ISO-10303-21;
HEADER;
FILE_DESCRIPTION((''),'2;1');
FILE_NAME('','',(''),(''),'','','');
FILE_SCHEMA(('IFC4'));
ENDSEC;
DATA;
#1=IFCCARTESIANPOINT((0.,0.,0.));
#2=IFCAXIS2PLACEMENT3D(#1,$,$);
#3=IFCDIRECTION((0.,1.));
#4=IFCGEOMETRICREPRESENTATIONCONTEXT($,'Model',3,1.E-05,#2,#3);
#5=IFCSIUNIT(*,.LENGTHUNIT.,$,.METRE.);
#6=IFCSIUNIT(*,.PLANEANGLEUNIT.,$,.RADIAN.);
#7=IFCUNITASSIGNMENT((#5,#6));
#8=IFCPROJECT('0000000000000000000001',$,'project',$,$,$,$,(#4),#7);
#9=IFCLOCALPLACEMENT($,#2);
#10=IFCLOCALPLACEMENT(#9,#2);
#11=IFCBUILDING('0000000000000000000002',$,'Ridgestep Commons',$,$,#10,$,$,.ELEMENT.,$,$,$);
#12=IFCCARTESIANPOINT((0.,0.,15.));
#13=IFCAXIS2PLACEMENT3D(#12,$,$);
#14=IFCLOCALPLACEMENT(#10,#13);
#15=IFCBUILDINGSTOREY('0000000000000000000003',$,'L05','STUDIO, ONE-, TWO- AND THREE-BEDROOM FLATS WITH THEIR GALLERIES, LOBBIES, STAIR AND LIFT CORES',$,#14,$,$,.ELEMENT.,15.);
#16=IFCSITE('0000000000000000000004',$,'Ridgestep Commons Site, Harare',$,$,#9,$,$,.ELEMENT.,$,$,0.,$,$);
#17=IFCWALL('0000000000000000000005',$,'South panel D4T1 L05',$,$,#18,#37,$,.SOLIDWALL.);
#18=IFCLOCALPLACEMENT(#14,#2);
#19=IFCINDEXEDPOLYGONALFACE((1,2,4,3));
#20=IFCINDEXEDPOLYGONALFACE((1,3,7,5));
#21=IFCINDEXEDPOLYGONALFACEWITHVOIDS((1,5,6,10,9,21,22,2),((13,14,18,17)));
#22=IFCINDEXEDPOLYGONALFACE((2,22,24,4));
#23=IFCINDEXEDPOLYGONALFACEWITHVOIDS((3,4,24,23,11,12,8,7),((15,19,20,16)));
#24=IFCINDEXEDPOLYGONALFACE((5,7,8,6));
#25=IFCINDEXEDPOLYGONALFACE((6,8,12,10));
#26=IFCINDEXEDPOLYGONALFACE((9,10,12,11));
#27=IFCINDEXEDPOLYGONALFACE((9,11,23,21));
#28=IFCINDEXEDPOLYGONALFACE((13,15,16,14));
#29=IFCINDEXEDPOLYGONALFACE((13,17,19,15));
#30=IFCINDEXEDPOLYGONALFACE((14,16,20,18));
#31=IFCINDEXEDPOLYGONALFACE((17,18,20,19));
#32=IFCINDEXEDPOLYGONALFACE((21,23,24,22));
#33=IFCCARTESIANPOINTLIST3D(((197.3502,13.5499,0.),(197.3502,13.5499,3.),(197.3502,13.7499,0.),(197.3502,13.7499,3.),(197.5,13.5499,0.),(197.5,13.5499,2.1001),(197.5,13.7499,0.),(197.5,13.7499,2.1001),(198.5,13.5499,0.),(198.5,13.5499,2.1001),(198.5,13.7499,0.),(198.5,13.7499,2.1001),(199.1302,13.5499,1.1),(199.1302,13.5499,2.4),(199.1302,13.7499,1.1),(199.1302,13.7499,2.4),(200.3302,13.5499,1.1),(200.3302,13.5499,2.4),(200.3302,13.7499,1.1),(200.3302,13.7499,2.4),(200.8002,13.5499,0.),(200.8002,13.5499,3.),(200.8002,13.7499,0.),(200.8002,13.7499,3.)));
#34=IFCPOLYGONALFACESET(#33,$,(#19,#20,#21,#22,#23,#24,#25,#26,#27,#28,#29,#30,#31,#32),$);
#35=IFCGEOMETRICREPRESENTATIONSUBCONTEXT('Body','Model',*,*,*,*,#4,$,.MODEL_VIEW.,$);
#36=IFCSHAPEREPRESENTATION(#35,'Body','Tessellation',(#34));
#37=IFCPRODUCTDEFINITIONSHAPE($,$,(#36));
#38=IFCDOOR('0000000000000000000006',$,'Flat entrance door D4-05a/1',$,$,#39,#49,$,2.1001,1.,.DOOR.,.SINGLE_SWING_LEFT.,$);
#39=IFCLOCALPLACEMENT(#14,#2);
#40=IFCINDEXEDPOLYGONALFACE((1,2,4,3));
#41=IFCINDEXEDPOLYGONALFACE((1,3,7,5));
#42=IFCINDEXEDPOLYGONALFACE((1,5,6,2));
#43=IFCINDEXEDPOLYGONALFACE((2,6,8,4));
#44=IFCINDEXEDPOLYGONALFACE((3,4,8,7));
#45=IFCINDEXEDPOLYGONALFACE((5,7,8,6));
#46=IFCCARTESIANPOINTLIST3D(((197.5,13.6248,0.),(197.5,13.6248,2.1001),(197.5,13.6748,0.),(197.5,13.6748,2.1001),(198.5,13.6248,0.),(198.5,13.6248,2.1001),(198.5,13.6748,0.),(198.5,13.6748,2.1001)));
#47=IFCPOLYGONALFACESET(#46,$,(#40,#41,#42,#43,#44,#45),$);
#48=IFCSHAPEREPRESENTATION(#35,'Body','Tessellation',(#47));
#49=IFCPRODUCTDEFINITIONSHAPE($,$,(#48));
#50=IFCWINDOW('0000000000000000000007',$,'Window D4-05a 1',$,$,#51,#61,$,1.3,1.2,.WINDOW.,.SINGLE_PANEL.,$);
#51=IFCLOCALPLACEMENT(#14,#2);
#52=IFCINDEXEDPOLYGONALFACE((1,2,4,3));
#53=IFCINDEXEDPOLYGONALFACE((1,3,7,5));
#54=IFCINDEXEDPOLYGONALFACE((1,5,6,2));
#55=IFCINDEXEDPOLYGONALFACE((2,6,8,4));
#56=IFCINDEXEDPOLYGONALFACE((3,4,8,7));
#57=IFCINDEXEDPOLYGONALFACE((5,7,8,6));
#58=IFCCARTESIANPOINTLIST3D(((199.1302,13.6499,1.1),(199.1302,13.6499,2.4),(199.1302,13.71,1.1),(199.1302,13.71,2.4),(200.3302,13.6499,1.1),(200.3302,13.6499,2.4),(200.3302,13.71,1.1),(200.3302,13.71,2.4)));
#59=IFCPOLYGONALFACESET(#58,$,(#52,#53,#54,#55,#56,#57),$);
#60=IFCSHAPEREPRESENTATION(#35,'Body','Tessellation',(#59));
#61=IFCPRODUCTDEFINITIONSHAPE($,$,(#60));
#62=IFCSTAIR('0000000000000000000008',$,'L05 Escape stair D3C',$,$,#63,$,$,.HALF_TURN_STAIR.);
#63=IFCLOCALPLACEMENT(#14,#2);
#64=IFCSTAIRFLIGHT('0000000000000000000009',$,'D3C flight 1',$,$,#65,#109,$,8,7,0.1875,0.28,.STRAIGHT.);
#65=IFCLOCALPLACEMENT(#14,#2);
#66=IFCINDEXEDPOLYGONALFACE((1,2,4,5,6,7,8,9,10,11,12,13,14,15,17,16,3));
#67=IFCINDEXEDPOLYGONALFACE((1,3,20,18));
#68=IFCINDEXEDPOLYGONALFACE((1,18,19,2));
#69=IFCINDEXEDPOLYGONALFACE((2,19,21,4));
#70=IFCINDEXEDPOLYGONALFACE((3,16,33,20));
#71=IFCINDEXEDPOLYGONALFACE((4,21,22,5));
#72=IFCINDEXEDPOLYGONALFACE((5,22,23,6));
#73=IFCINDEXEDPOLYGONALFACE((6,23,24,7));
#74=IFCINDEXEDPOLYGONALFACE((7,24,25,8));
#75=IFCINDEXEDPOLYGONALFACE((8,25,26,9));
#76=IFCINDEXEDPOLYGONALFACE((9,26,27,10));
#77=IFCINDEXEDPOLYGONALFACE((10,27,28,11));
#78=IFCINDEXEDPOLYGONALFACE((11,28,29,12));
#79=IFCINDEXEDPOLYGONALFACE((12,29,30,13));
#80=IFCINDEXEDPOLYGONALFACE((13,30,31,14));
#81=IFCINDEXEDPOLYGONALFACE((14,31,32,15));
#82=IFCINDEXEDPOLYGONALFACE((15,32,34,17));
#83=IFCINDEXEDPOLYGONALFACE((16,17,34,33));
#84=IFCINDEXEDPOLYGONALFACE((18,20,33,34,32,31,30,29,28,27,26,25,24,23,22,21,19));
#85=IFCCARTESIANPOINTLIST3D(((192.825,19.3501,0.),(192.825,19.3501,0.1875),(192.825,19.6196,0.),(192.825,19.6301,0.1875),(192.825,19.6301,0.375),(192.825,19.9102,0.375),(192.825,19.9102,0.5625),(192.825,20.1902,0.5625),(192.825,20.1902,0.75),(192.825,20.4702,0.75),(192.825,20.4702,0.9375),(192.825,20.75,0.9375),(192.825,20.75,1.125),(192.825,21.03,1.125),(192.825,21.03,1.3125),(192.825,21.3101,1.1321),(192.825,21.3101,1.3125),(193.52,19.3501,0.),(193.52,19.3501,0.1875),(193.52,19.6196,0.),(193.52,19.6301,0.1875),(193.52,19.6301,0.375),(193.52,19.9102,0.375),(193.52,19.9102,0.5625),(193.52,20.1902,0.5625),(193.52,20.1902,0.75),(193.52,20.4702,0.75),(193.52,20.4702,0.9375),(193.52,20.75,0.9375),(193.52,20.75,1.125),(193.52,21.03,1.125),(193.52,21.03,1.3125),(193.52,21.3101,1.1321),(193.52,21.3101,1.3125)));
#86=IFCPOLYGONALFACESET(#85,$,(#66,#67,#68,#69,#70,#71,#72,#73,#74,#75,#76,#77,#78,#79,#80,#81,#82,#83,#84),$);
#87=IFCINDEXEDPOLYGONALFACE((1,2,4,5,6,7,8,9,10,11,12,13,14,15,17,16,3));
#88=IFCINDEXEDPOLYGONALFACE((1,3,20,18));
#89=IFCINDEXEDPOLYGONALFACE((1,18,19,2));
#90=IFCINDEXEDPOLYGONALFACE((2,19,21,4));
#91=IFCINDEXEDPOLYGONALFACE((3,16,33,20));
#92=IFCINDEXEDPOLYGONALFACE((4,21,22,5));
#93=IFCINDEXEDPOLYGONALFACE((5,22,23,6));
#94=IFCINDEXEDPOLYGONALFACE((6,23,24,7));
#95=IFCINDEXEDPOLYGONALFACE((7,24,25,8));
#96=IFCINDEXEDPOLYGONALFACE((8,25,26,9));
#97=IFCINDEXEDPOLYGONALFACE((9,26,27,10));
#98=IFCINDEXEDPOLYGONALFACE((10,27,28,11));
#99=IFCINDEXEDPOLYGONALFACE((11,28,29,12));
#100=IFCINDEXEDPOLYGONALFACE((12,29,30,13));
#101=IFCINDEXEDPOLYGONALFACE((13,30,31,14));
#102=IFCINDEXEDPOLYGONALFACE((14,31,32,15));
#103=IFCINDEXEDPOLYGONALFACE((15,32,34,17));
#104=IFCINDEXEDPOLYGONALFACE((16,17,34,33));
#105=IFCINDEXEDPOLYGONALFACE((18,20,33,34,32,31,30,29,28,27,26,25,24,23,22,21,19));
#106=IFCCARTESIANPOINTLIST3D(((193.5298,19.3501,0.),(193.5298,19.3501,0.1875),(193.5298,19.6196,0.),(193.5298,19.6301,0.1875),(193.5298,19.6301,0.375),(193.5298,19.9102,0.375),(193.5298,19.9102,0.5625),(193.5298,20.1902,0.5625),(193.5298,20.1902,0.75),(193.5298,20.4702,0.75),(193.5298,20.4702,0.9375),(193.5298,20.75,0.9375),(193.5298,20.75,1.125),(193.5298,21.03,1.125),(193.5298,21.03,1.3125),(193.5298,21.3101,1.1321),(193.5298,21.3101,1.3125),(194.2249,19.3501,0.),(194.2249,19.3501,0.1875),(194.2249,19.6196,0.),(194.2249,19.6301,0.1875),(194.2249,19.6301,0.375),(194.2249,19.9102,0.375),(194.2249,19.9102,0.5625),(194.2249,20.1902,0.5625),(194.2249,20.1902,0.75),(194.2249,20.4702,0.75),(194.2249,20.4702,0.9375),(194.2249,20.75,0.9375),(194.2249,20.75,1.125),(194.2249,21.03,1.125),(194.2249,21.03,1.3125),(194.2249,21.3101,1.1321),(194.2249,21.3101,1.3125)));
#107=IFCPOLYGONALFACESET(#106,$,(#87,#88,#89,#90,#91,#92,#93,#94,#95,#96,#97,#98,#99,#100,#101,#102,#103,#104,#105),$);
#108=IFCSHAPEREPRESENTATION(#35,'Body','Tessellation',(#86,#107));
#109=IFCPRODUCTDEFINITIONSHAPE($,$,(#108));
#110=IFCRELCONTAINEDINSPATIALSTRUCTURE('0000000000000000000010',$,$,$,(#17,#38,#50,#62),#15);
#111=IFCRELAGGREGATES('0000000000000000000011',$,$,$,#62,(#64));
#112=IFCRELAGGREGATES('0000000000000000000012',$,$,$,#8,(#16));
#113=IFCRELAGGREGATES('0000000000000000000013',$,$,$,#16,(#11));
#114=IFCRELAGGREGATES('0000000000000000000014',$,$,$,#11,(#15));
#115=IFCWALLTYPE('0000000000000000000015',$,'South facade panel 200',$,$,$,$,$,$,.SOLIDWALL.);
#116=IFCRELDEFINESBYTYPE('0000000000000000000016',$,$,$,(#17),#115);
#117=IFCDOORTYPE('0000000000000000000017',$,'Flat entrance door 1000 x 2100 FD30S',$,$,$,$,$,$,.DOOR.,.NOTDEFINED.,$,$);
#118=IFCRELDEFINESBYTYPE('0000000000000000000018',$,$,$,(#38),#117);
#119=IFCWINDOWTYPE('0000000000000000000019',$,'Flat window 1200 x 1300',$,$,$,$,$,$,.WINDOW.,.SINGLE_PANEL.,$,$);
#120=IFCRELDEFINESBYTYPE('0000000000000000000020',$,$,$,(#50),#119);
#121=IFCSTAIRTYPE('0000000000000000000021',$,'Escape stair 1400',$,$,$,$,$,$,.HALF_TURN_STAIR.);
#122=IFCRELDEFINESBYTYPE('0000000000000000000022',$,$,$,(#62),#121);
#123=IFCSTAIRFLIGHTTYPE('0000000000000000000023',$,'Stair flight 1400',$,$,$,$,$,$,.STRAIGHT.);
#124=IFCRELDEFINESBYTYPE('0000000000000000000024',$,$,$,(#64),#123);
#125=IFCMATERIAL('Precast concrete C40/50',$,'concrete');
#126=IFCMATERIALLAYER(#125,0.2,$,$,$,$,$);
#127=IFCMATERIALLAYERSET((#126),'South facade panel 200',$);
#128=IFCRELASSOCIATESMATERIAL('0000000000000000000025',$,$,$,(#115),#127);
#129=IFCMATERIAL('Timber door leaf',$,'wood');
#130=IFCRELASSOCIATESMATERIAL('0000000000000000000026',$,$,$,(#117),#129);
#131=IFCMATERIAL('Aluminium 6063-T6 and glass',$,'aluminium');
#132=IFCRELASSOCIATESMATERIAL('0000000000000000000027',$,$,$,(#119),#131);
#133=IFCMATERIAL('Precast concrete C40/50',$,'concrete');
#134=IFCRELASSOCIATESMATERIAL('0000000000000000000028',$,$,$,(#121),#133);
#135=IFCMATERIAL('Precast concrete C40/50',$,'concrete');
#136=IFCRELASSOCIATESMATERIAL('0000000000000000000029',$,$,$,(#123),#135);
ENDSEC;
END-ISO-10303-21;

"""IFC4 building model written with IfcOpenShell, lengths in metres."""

from ifc_helpers import new_model, si_unit, direction, frame, frame_2d, origin, place, context, subcontext, project, spatial, polyline, rectangle, outline, extrude, material, layer, layer_set, type_object, element, fill, aggregate, save


model = new_model("IFC4")

# Units and contexts
model_context = context("Model", 3, precision=1e-05, world=origin(), true_north=direction((0.0, 1.0)))
body_context = subcontext(model_context, "Body", "Model", "MODEL_VIEW")
ifc_project = project(units=[si_unit("LENGTHUNIT", "METRE"), si_unit("PLANEANGLEUNIT", "RADIAN")], contexts=[model_context])

# Site, building, storey
site_placement = place(None, origin())
site = spatial("IfcSite", under=ifc_project, at=site_placement, Name="Ridgestep Commons Site, Harare", CompositionType="ELEMENT", RefElevation=0.0)
building_placement = place(site_placement, origin())
building = spatial("IfcBuilding", under=site, at=building_placement, Name="Ridgestep Commons", CompositionType="ELEMENT")
storey_placement = place(building_placement, frame((0.0, 0.0, 15.0)))
storey = spatial("IfcBuildingStorey", under=building, at=storey_placement, Name="L05", Description="STUDIO, ONE-, TWO- AND THREE-BEDROOM FLATS WITH THEIR GALLERIES, LOBBIES, STAIR AND LIFT CORES", CompositionType="ELEMENT", Elevation=15.0)

# Wall, openings, door, window
ifc_material_1 = material(Name="Precast concrete C40/50", Category="concrete")
ifc_layer_1 = layer(ifc_material_1, 0.2)
ifc_layer_set_1 = layer_set([ifc_layer_1], Name="South facade panel 200")
wall_type_1 = type_object("IfcWallType", Name="South facade panel 200", PredefinedType="SOLIDWALL", material=ifc_layer_set_1)
wall_1_placement = place(storey_placement, frame((197.3501, 13.6499, 0.0), z_axis=(0.0, 0.0, 1.0), x_axis=(1.0, 0.0, 0.0)))
wall_1 = element("IfcWall", 1, at=wall_1_placement, inside=storey, type_object=wall_type_1, Name="South panel D4T1 L05", PredefinedType="SOLIDWALL", context=body_context, shape_type="SweptSolid", body=[
    extrude(rectangle(XDim=3.45, YDim=0.2, at=frame_2d((1.7251, 0.0))), origin(), (0.0, 0.0, 1.0), 3.0),
])
opening_1_placement = place(wall_1_placement, frame((1.78, 0.0, 1.1001)))
opening_1 = element("IfcOpeningElement", 2, at=opening_1_placement, cuts=wall_1, PredefinedType="OPENING", context=body_context, shape_type="SweptSolid", body=[
    extrude(rectangle(XDim=1.2, YDim=1.3, at=frame_2d((0.6001, 0.6499))), frame((0.0, 0.1099, 0.0), z_axis=(0.0, -1.0, 0.0), x_axis=(1.0, 0.0, 0.0)), (0.0, 0.0, 1.0), 0.22),
])
opening_2_placement = place(wall_1_placement, frame((0.1499, 0.0, 0.0)))
opening_2 = element("IfcOpeningElement", 3, at=opening_2_placement, cuts=wall_1, PredefinedType="OPENING", context=body_context, shape_type="SweptSolid", body=[
    extrude(rectangle(XDim=1.0, YDim=2.1001, at=frame_2d((0.5, 1.05))), frame((0.0, 0.1099, 0.0), z_axis=(0.0, -1.0, 0.0), x_axis=(1.0, 0.0, 0.0)), (0.0, 0.0, 1.0), 0.22),
])
ifc_material_2 = material(Name="Timber door leaf", Category="wood")
door_type_1 = type_object("IfcDoorType", Name="Flat entrance door 1000 x 2100 FD30S", OperationType="NOTDEFINED", PredefinedType="DOOR", material=ifc_material_2)
door_1_placement = place(opening_2_placement, origin())
door_1 = element("IfcDoor", 4, at=door_1_placement, inside=storey, type_object=door_type_1, Name="Flat entrance door D4-05a/1", OperationType="SINGLE_SWING_LEFT", OverallHeight=2.1001, OverallWidth=1.0, PredefinedType="DOOR", context=body_context, shape_type="SweptSolid", body=[
    extrude(rectangle(XDim=1.0, YDim=2.1001, at=frame_2d((0.5, 1.05))), frame((0.0, 0.0249, 0.0), z_axis=(0.0, -1.0, 0.0), x_axis=(1.0, 0.0, 0.0)), (0.0, 0.0, 1.0), 0.05),
])
fill(opening_2, door_1)
ifc_material_3 = material(Name="Aluminium 6063-T6 and glass", Category="aluminium")
window_type = type_object("IfcWindowType", Name="Flat window 1200 x 1300", PartitioningType="SINGLE_PANEL", PredefinedType="WINDOW", material=ifc_material_3)
window_placement = place(opening_1_placement, origin())
window = element("IfcWindow", 5, at=window_placement, inside=storey, type_object=window_type, Name="Window D4-05a 1", OverallHeight=1.3, OverallWidth=1.2, PartitioningType="SINGLE_PANEL", PredefinedType="WINDOW", context=body_context, shape_type="SweptSolid", body=[
    extrude(rectangle(XDim=1.2, YDim=1.3, at=frame_2d((0.6001, 0.6499))), frame((0.0, 0.0601, 0.0), z_axis=(0.0, -1.0, 0.0), x_axis=(1.0, 0.0, 0.0)), (0.0, 0.0, 1.0), 0.0601),
])
fill(opening_1, window)

# Stair, stair flight
ifc_material_4 = material(Name="Precast concrete C40/50", Category="concrete")
stair_type = type_object("IfcStairType", Name="Escape stair 1400", PredefinedType="HALF_TURN_STAIR", material=ifc_material_4)
stair_placement = place(storey_placement, origin())
stair = element("IfcStair", 6, at=stair_placement, inside=storey, type_object=stair_type, Name="L05 Escape stair D3C", PredefinedType="HALF_TURN_STAIR")
ifc_material_5 = material(Name="Precast concrete C40/50", Category="concrete")
stair_flight_type = type_object("IfcStairFlightType", Name="Stair flight 1400", PredefinedType="STRAIGHT", material=ifc_material_5)
stair_flight_placement = place(storey_placement, frame((193.5249, 19.3501, 0.0), z_axis=(0.0, 0.0, 1.0), x_axis=(0.0, 1.0, 0.0)))
stair_flight = element("IfcStairFlight", 7, at=stair_flight_placement, type_object=stair_flight_type, Name="D3C flight 1", NumberOfRisers=8, NumberOfTreads=7, PredefinedType="STRAIGHT", RiserHeight=0.1875, TreadLength=0.28, context=body_context, shape_type="SweptSolid", body=[
    extrude(outline(polyline([(0.0, 0.0), (0.0, 0.1875), (0.28, 0.1875), (0.28, 0.375), (0.5601, 0.375), (0.5601, 0.5625), (0.8401, 0.5625), (0.8401, 0.75), (1.1201, 0.75), (1.1201, 0.9375), (1.3999, 0.9375), (1.3999, 1.125), (1.6799, 1.125), (1.6799, 1.3125), (1.96, 1.3125), (1.96, 1.5), (1.96, 1.1321), (0.2695, 0.0), (0.0, 0.0)])), frame((0.0, 0.7, 0.0), z_axis=(0.0, -1.0, 0.0), x_axis=(1.0, 0.0, 0.0)), (0.0, 0.0, 1.0), 0.6951),
    extrude(outline(polyline([(0.0, 0.0), (0.0, 0.1875), (0.28, 0.1875), (0.28, 0.375), (0.5601, 0.375), (0.5601, 0.5625), (0.8401, 0.5625), (0.8401, 0.75), (1.1201, 0.75), (1.1201, 0.9375), (1.3999, 0.9375), (1.3999, 1.125), (1.6799, 1.125), (1.6799, 1.3125), (1.96, 1.3125), (1.96, 1.5), (1.96, 1.1321), (0.2695, 0.0), (0.0, 0.0)])), frame((0.0, -0.0049, 0.0), z_axis=(0.0, -1.0, 0.0), x_axis=(1.0, 0.0, 0.0)), (0.0, 0.0, 1.0), 0.6951),
])
aggregate(stair, [stair_flight])

save(model, "model.ifc")
